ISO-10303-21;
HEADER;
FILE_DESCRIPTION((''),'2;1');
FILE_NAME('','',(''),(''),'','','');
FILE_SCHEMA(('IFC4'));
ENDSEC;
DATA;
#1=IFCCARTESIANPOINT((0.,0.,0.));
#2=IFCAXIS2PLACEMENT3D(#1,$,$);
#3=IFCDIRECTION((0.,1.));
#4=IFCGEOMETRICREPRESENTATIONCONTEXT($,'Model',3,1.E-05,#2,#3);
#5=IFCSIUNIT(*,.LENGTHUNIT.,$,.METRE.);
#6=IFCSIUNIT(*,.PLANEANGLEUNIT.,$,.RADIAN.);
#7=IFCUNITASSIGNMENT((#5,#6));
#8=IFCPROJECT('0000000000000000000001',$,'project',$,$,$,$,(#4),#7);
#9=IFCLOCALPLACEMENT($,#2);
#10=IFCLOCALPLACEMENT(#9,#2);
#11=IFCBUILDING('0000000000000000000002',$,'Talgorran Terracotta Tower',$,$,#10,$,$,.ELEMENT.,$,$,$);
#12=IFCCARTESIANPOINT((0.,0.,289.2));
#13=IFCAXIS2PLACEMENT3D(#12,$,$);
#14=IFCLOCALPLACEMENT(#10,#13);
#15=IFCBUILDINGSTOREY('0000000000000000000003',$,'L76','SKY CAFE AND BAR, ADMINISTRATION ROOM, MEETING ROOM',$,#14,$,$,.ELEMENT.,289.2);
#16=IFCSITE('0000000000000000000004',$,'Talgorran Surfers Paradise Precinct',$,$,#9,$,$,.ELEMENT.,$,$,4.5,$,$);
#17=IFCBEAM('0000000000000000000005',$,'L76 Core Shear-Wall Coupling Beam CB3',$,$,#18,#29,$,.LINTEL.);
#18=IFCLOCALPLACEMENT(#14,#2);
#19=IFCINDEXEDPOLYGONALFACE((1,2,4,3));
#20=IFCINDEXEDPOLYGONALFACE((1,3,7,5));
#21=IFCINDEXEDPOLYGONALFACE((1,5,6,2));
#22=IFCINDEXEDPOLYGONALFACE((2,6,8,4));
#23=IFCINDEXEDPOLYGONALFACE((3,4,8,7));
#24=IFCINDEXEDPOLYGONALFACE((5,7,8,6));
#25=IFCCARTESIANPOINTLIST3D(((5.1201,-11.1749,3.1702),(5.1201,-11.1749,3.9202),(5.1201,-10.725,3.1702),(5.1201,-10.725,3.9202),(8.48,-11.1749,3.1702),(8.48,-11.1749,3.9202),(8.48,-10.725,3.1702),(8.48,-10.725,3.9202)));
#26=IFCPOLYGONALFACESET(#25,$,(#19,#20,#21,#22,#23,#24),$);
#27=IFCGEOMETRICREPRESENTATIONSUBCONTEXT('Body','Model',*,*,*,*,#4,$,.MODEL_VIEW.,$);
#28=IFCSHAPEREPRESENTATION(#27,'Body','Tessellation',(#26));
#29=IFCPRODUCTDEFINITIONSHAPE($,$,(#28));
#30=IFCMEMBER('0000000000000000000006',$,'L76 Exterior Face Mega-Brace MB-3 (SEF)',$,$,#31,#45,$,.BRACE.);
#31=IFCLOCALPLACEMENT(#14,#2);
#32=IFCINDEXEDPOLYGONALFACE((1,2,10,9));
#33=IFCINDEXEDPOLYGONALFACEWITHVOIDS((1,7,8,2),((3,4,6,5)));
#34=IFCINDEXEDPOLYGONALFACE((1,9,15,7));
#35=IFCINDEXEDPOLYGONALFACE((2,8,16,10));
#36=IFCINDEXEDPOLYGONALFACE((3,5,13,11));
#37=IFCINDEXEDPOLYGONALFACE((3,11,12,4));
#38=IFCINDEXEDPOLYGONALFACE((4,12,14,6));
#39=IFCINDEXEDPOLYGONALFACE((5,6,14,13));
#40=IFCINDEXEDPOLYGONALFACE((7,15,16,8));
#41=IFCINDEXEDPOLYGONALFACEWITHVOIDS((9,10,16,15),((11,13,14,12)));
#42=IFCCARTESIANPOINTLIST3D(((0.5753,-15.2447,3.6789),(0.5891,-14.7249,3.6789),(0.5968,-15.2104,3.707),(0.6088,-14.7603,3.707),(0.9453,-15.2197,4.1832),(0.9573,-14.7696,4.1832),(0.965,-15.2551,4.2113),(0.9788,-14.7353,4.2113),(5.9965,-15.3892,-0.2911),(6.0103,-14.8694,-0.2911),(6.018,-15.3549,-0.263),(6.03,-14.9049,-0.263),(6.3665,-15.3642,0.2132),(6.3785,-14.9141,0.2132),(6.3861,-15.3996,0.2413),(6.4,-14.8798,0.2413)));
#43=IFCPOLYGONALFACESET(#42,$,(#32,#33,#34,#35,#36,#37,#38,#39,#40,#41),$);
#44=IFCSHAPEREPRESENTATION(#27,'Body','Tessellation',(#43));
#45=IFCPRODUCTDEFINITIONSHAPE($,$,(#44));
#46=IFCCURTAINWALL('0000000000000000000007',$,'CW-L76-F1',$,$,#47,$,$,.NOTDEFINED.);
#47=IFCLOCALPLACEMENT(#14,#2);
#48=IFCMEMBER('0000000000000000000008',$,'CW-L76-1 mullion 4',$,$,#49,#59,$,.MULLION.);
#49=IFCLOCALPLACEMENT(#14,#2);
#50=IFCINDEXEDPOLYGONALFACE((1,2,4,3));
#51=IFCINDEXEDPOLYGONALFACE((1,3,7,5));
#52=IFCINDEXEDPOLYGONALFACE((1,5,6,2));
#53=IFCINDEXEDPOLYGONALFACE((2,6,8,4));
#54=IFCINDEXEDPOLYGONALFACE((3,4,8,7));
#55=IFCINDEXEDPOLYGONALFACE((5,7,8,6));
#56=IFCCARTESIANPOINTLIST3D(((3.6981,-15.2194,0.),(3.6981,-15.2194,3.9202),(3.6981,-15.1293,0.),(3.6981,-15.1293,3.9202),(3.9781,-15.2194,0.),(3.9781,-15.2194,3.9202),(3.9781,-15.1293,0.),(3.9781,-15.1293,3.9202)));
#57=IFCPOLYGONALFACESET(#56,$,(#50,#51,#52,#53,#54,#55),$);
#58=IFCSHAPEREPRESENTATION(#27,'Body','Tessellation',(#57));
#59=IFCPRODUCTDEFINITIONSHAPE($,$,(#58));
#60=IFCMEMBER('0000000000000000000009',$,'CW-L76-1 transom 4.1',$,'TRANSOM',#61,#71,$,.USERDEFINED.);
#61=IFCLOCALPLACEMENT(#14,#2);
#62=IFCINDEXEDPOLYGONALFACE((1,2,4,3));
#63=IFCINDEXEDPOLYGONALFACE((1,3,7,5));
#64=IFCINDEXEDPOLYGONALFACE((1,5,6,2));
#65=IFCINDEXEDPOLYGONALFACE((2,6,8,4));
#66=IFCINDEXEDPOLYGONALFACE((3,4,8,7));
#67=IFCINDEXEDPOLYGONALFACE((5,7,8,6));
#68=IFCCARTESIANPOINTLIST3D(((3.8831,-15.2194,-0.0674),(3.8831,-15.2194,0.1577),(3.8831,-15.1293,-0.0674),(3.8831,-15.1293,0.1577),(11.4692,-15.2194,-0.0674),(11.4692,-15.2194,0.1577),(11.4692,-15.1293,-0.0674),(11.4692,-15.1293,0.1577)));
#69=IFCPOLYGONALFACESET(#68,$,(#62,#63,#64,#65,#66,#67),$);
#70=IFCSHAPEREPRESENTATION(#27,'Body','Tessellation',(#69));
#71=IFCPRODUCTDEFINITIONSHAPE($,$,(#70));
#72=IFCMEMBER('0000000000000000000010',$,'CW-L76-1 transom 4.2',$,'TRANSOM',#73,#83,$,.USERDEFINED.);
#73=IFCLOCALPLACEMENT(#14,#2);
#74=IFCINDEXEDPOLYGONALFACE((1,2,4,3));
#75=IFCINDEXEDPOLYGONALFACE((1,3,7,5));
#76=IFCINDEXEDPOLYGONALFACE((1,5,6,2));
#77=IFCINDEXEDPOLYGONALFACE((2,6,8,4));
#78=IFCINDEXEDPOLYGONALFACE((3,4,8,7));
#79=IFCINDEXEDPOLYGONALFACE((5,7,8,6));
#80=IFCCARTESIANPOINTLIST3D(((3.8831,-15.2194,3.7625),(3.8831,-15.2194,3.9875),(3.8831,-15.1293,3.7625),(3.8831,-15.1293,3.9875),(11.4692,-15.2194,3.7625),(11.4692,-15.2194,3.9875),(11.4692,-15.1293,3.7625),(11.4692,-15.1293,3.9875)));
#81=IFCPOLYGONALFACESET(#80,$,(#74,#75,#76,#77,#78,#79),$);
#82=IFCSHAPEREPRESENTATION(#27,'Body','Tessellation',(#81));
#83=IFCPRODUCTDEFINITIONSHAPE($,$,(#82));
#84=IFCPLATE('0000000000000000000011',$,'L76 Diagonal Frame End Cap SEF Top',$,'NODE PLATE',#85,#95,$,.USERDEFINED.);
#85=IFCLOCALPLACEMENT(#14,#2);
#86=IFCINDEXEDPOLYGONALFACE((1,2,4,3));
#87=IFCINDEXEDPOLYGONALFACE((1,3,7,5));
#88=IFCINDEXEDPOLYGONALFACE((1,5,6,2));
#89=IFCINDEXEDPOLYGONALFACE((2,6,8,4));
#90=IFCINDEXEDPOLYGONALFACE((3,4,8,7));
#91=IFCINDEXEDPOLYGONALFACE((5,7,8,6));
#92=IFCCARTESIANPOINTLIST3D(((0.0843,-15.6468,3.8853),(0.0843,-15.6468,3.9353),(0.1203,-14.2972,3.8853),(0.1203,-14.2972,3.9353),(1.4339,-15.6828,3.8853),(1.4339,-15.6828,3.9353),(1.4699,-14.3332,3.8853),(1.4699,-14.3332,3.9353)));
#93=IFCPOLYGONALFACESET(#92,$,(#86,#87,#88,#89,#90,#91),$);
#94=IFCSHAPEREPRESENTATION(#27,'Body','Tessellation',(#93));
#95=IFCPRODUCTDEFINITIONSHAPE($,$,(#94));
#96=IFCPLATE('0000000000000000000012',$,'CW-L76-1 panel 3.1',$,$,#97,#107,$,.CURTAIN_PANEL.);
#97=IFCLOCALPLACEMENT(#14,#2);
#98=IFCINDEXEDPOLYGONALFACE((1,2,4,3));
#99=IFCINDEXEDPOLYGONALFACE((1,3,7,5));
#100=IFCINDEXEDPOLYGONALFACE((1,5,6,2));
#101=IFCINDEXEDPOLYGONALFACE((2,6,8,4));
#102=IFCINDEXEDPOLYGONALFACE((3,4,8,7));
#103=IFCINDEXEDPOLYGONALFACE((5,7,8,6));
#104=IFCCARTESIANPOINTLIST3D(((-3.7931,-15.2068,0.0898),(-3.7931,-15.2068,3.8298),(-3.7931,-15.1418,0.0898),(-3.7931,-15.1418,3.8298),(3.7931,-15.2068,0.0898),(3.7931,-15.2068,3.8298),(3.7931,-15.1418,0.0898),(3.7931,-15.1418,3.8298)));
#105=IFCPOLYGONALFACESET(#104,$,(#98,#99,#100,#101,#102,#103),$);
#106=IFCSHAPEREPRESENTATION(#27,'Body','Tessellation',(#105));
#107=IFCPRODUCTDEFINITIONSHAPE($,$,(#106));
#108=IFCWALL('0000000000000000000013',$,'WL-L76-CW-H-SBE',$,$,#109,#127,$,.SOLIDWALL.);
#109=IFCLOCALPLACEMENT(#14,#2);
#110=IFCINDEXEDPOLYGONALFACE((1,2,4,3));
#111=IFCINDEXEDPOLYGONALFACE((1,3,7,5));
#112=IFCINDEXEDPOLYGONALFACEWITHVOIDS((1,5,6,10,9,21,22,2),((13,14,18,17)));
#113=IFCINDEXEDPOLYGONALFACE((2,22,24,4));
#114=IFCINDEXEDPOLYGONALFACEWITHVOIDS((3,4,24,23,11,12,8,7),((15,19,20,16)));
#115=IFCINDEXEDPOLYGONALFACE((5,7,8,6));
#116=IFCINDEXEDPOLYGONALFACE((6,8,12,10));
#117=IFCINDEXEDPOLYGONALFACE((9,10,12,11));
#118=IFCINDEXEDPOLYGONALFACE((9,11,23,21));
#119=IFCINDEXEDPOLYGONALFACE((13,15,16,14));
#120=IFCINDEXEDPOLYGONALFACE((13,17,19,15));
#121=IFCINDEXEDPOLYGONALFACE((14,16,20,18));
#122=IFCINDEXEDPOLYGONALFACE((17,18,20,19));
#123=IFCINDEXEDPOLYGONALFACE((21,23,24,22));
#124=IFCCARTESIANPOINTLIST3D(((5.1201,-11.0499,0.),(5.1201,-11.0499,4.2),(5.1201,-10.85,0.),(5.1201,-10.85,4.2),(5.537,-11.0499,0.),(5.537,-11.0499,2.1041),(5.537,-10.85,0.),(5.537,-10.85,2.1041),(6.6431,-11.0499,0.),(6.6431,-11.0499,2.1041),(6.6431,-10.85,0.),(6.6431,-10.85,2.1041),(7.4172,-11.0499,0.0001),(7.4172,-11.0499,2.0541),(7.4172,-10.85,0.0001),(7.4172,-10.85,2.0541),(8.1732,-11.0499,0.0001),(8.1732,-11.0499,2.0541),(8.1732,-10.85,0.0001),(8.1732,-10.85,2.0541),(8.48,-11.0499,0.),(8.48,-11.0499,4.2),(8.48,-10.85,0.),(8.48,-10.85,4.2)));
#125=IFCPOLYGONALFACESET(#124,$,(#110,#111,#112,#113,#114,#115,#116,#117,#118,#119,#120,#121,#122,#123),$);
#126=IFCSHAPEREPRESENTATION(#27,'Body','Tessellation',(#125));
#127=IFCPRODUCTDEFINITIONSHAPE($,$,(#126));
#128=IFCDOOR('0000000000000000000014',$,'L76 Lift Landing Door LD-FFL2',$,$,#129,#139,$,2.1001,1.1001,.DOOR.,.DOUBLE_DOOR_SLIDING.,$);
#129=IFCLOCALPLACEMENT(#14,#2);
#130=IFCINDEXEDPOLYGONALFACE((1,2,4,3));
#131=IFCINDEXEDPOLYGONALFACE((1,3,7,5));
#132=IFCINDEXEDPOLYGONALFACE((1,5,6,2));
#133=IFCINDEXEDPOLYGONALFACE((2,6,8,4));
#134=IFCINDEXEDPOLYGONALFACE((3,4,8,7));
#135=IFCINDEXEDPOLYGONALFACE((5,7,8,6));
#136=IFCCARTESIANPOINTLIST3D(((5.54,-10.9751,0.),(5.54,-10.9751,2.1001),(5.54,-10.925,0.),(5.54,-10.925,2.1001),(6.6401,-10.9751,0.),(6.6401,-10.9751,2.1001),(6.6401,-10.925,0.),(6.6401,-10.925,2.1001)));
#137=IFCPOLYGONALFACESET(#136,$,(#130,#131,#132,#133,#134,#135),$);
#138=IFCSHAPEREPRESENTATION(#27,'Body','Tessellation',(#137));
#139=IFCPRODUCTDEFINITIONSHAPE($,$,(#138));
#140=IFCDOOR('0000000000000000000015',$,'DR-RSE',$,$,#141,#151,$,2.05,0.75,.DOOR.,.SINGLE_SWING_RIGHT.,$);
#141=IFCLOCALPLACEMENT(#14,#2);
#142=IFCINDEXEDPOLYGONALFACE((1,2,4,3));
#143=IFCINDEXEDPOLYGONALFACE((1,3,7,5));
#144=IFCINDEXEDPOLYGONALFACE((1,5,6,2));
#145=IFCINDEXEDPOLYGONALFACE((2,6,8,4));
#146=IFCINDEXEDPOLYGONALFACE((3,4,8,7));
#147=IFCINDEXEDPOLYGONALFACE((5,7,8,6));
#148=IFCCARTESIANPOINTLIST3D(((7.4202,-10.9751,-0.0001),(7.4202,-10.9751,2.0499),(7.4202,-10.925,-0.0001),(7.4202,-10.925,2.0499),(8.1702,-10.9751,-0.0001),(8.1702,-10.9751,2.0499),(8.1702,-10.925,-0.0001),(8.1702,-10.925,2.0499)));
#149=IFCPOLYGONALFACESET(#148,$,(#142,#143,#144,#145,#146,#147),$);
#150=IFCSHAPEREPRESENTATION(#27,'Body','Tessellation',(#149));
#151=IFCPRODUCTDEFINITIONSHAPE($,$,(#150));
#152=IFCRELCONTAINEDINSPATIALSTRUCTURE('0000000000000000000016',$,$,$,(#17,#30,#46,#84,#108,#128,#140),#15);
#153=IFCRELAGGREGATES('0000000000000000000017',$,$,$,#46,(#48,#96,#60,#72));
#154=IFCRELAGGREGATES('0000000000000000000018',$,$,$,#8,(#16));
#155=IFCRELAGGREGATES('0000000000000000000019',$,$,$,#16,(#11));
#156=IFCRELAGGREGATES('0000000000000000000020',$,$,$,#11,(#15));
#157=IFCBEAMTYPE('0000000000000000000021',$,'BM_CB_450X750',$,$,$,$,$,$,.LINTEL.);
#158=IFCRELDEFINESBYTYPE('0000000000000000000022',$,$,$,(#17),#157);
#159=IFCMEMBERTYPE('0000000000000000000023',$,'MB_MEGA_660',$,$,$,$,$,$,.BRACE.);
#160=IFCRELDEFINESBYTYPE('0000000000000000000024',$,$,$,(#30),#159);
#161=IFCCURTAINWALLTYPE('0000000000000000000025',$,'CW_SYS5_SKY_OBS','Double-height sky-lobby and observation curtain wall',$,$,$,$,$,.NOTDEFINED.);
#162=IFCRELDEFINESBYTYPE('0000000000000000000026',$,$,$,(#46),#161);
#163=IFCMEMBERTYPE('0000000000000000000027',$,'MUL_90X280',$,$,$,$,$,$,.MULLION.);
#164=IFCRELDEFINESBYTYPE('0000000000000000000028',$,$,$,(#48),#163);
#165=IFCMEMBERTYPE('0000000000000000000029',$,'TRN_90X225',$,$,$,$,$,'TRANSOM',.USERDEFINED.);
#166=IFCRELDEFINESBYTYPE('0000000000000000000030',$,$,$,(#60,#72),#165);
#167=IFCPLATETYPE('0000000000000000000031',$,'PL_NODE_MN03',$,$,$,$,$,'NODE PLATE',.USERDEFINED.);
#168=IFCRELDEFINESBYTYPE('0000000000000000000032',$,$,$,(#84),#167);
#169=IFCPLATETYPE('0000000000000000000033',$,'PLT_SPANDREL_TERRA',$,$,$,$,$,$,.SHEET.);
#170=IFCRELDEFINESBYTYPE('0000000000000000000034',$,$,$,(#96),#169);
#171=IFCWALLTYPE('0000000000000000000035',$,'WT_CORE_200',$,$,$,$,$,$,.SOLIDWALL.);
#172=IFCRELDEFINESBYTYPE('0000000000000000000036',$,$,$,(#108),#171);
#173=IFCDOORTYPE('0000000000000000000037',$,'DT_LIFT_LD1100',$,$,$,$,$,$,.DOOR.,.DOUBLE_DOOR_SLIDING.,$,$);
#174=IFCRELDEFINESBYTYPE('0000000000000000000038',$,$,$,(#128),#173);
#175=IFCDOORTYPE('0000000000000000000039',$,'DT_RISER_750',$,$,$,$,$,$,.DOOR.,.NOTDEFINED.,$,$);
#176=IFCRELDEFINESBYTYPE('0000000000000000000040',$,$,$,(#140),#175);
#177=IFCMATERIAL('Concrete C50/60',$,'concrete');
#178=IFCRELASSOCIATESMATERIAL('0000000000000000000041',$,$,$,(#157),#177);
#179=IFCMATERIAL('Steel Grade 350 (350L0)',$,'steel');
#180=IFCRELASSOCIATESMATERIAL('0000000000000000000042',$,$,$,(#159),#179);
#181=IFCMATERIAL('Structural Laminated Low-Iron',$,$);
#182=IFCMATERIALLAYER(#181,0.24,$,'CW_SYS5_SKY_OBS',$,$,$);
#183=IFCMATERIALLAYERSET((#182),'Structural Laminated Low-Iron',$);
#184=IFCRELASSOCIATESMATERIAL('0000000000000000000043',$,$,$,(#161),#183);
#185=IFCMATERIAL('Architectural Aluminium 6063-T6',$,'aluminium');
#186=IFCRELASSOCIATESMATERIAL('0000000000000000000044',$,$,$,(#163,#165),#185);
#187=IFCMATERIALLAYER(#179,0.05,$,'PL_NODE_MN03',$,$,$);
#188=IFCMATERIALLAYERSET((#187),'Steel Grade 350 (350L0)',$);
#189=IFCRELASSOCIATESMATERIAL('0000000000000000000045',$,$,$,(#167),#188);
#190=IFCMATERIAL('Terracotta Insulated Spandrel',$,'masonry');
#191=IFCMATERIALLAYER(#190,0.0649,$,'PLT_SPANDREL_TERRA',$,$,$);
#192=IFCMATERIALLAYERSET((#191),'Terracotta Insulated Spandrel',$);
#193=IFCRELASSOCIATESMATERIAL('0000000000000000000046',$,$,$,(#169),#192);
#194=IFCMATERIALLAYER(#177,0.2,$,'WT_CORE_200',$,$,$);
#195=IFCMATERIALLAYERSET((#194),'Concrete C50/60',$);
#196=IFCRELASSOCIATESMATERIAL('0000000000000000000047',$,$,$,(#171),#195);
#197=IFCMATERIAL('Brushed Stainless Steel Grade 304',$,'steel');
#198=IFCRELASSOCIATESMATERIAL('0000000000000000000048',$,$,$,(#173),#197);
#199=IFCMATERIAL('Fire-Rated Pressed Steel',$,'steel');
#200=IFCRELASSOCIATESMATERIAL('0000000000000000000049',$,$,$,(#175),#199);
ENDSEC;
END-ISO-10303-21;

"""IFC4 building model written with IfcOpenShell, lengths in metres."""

from ifc_helpers import new_model, si_unit, direction, frame, frame_2d, origin, origin_2d, place, context, subcontext, project, spatial, rectangle, hollow_rectangle, extrude, source, transform, mapped, material, layer, layer_set, material_profile, profile_set, type_object, type_shapes, element, fill, aggregate, save


model = new_model("IFC4")

# Units and contexts
model_context = context("Model", 3, precision=1e-05, world=origin(), true_north=direction((0.0, 1.0)))
body_context = subcontext(model_context, "Body", "Model", "MODEL_VIEW")
ifc_project = project(units=[si_unit("LENGTHUNIT", "METRE"), si_unit("PLANEANGLEUNIT", "RADIAN")], contexts=[model_context])

# Site, building, storey
site_placement = place(None, origin())
site = spatial("IfcSite", under=ifc_project, at=site_placement, Name="Talgorran Surfers Paradise Precinct", CompositionType="ELEMENT", RefElevation=4.5)
building_placement = place(site_placement, origin())
building = spatial("IfcBuilding", under=site, at=building_placement, Name="Talgorran Terracotta Tower", CompositionType="ELEMENT")
storey_placement = place(building_placement, frame((0.0, 0.0, 289.2)))
storey = spatial("IfcBuildingStorey", under=building, at=storey_placement, Name="L76", Description="SKY CAFE AND BAR, ADMINISTRATION ROOM, MEETING ROOM", CompositionType="ELEMENT", Elevation=289.2)

# Beam
ifc_material_1 = material(Name="Concrete C50/60", Category="concrete")
ifc_material_profile_1 = material_profile(ifc_material_1, rectangle(XDim=0.45, YDim=0.75, at=origin_2d()), Name="RCCB450X750")
ifc_profile_set_1 = profile_set([ifc_material_profile_1], Name="Concrete C50/60")
beam_type = type_object("IfcBeamType", Name="BM_CB_450X750", PredefinedType="LINTEL", material=ifc_profile_set_1)
beam_placement = place(storey_placement, frame((5.1201, -10.95, 3.5452), z_axis=(1.0, 0.0, 0.0), x_axis=(0.0, 1.0, 0.0)))
element("IfcBeam", 1, at=beam_placement, inside=storey, type_object=beam_type, Name="L76 Core Shear-Wall Coupling Beam CB3", PredefinedType="LINTEL", context=body_context, shape_type="SweptSolid", body=[
    extrude(rectangle(XDim=0.45, YDim=0.75, at=origin_2d()), origin(), (0.0, 0.0, 1.0), 3.3599),
])

# Member
ifc_material_2 = material(Name="Steel Grade 350 (350L0)", Category="steel")
ifc_material_profile_2 = material_profile(ifc_material_2, hollow_rectangle(XDim=0.52, YDim=0.6599, WallThickness=0.0349, at=origin_2d()), Name="WBOX660X520X35")
ifc_profile_set_2 = profile_set([ifc_material_profile_2], Name="Steel Grade 350 (350L0)")
member_type_1 = type_object("IfcMemberType", Name="MB_MEGA_660", PredefinedType="BRACE", material=ifc_profile_set_2)
member_1_placement = place(storey_placement, frame((6.1982, -15.1345, -0.0249), z_axis=(-0.806611, 0.021505, 0.590691), x_axis=(-0.026651, -0.999645, 0.0)))
element("IfcMember", 2, at=member_1_placement, inside=storey, type_object=member_type_1, Name="L76 Exterior Face Mega-Brace MB-3 (SEF)", PredefinedType="BRACE", context=body_context, shape_type="SweptSolid", body=[
    extrude(hollow_rectangle(XDim=0.52, YDim=0.6599, WallThickness=0.0349, at=origin_2d()), origin(), (0.0, 0.0, 1.0), 6.7209),
])

# Curtain wall, members
ifc_material_3 = material(Name="Structural Laminated Low-Iron")
ifc_layer_1 = layer(ifc_material_3, 0.24, Name="CW_SYS5_SKY_OBS")
ifc_layer_set_1 = layer_set([ifc_layer_1], Name="Structural Laminated Low-Iron")
curtain_wall_type = type_object("IfcCurtainWallType", Name="CW_SYS5_SKY_OBS", Description="Double-height sky-lobby and observation curtain wall", PredefinedType="NOTDEFINED", material=ifc_layer_set_1)
curtain_wall_placement = place(storey_placement, origin())
curtain_wall = element("IfcCurtainWall", 3, at=curtain_wall_placement, inside=storey, type_object=curtain_wall_type, Name="CW-L76-F1", PredefinedType="NOTDEFINED")
ifc_material_4 = material(Name="Architectural Aluminium 6063-T6", Category="aluminium")
ifc_material_profile_3 = material_profile(ifc_material_4, rectangle(XDim=0.0901, YDim=0.28, at=origin_2d()), Name="CWM90X280")
ifc_profile_set_3 = profile_set([ifc_material_profile_3], Name="Architectural Aluminium 6063-T6")
member_type_2 = type_object("IfcMemberType", Name="MUL_90X280", PredefinedType="MULLION", material=ifc_profile_set_3)
member_2_placement = place(storey_placement, frame((3.8381, -15.1743, 0.0), z_axis=(0.0, 0.0, 1.0), x_axis=(0.0, 1.0, 0.0)))
member_2 = element("IfcMember", 4, at=member_2_placement, type_object=member_type_2, Name="CW-L76-1 mullion 4", PredefinedType="MULLION", context=body_context, shape_type="SweptSolid", body=[
    extrude(rectangle(XDim=0.0901, YDim=0.28, at=origin_2d()), origin(), (0.0, 0.0, 1.0), 3.9202),
])
ifc_material_profile_4 = material_profile(ifc_material_4, rectangle(XDim=0.0901, YDim=0.2251, at=origin_2d()), Name="CWT90X225")
ifc_profile_set_4 = profile_set([ifc_material_profile_4], Name="Architectural Aluminium 6063-T6")
member_type_3 = type_object("IfcMemberType", Name="TRN_90X225", ElementType="TRANSOM", PredefinedType="USERDEFINED", material=ifc_profile_set_4)
member_3_placement = place(storey_placement, frame((3.8831, -15.1743, 0.0452), z_axis=(1.0, 0.0, 0.0), x_axis=(0.0, 1.0, 0.0)))
member_3 = element("IfcMember", 5, at=member_3_placement, type_object=member_type_3, Name="CW-L76-1 transom 4.1", ObjectType="TRANSOM", PredefinedType="USERDEFINED", context=body_context, shape_type="SweptSolid", body=[
    extrude(rectangle(XDim=0.0901, YDim=0.2251, at=origin_2d()), origin(), (0.0, 0.0, 1.0), 7.5862),
])
member_4_placement = place(storey_placement, frame((3.8831, -15.1743, 3.875), z_axis=(1.0, 0.0, 0.0), x_axis=(0.0, 1.0, 0.0)))
member_4 = element("IfcMember", 6, at=member_4_placement, type_object=member_type_3, Name="CW-L76-1 transom 4.2", ObjectType="TRANSOM", PredefinedType="USERDEFINED", context=body_context, shape_type="SweptSolid", body=[
    extrude(rectangle(XDim=0.0901, YDim=0.2251, at=origin_2d()), origin(), (0.0, 0.0, 1.0), 7.5862),
])

# Plates
ifc_layer_2 = layer(ifc_material_2, 0.05, Name="PL_NODE_MN03")
ifc_layer_set_2 = layer_set([ifc_layer_2], Name="Steel Grade 350 (350L0)")
plate_type_1 = type_object("IfcPlateType", Name="PL_NODE_MN03", ElementType="NODE PLATE", PredefinedType="USERDEFINED", material=ifc_layer_set_2)
plate_1_placement = place(storey_placement, frame((0.7771, -14.99, 3.8853), z_axis=(0.0, 0.0, 1.0), x_axis=(-0.999643, 0.0267, 0.0)))
element("IfcPlate", 7, at=plate_1_placement, inside=storey, type_object=plate_type_1, Name="L76 Diagonal Frame End Cap SEF Top", ObjectType="NODE PLATE", PredefinedType="USERDEFINED", context=body_context, shape_type="SweptSolid", body=[
    extrude(rectangle(XDim=1.3501, YDim=1.3501, at=origin_2d()), origin(), (0.0, 0.0, 1.0), 0.05),
])
ifc_material_5 = material(Name="Terracotta Insulated Spandrel", Category="masonry")
ifc_layer_3 = layer(ifc_material_5, 0.0649, Name="PLT_SPANDREL_TERRA")
ifc_layer_set_3 = layer_set([ifc_layer_3], Name="Terracotta Insulated Spandrel")
plate_type_2 = type_object("IfcPlateType", Name="PLT_SPANDREL_TERRA", PredefinedType="SHEET", material=ifc_layer_set_3)
shared_shape = source(origin(), body_context, "Body", "SweptSolid", [
    extrude(rectangle(XDim=7.5862, YDim=0.0649, at=origin_2d()), origin(), (0.0, 0.0, 1.0), 3.74),
])
type_shapes(plate_type_2, [shared_shape])
plate_2_placement = place(storey_placement, frame((0.0, -15.1743, 0.0898), z_axis=(0.0, 0.0, 1.0), x_axis=(1.0, 0.0, 0.0)))
plate_2 = element("IfcPlate", 8, at=plate_2_placement, type_object=plate_type_2, Name="CW-L76-1 panel 3.1", PredefinedType="CURTAIN_PANEL", context=body_context, shape_type="MappedRepresentation", body=[
    mapped(shared_shape, transform((0.0, 0.0, 0.0), scale=1.0)),
])
aggregate(curtain_wall, [member_2, plate_2, member_3, member_4])

# Wall, openings, doors
ifc_layer_4 = layer(ifc_material_1, 0.2, Name="WT_CORE_200")
ifc_layer_set_4 = layer_set([ifc_layer_4], Name="Concrete C50/60")
wall_type_1 = type_object("IfcWallType", Name="WT_CORE_200", PredefinedType="SOLIDWALL", material=ifc_layer_set_4)
wall_1_placement = place(storey_placement, frame((5.1201, -10.95, 0.0), z_axis=(0.0, 0.0, 1.0), x_axis=(1.0, 0.0, 0.0)))
wall_1 = element("IfcWall", 9, at=wall_1_placement, inside=storey, type_object=wall_type_1, Name="WL-L76-CW-H-SBE", PredefinedType="SOLIDWALL", context=body_context, shape_type="SweptSolid", body=[
    extrude(rectangle(XDim=3.3599, YDim=0.2, at=frame_2d((1.6799, 0.0))), origin(), (0.0, 0.0, 1.0), 4.2),
])
opening_1_placement = place(wall_1_placement, frame((0.4199, 0.0, 0.0)))
opening_1 = element("IfcOpeningElement", 10, at=opening_1_placement, cuts=wall_1, PredefinedType="OPENING", context=body_context, shape_type="SweptSolid", body=[
    extrude(rectangle(XDim=1.1061, YDim=2.1041, at=frame_2d((0.55, 1.052))), frame((0.0, 0.1099, 0.0), z_axis=(0.0, -1.0, 0.0), x_axis=(1.0, 0.0, 0.0)), (0.0, 0.0, 1.0), 0.22),
])
opening_2_placement = place(wall_1_placement, frame((2.3, 0.0, 0.0)))
opening_2 = element("IfcOpeningElement", 11, at=opening_2_placement, cuts=wall_1, PredefinedType="OPENING", context=body_context, shape_type="SweptSolid", body=[
    extrude(rectangle(XDim=0.756, YDim=2.054, at=frame_2d((0.375, 1.0271))), frame((0.0, 0.1099, 0.0), z_axis=(0.0, -1.0, 0.0), x_axis=(1.0, 0.0, 0.0)), (0.0, 0.0, 1.0), 0.22),
])
ifc_material_6 = material(Name="Brushed Stainless Steel Grade 304", Category="steel")
door_type_1 = type_object("IfcDoorType", Name="DT_LIFT_LD1100", OperationType="DOUBLE_DOOR_SLIDING", PredefinedType="DOOR", material=ifc_material_6)
door_1_placement = place(opening_1_placement, origin())
door_1 = element("IfcDoor", 12, at=door_1_placement, inside=storey, type_object=door_type_1, Name="L76 Lift Landing Door LD-FFL2", OperationType="DOUBLE_DOOR_SLIDING", OverallHeight=2.1001, OverallWidth=1.1001, PredefinedType="DOOR", context=body_context, shape_type="SweptSolid", body=[
    extrude(rectangle(XDim=1.1001, YDim=2.1001, at=frame_2d((0.55, 1.05))), frame((0.0, 0.0249, 0.0), z_axis=(0.0, -1.0, 0.0), x_axis=(1.0, 0.0, 0.0)), (0.0, 0.0, 1.0), 0.05),
])
fill(opening_1, door_1)
ifc_material_7 = material(Name="Fire-Rated Pressed Steel", Category="steel")
door_type_2 = type_object("IfcDoorType", Name="DT_RISER_750", OperationType="NOTDEFINED", PredefinedType="DOOR", material=ifc_material_7)
door_2_placement = place(opening_2_placement, origin())
door_2 = element("IfcDoor", 13, at=door_2_placement, inside=storey, type_object=door_type_2, Name="DR-RSE", OperationType="SINGLE_SWING_RIGHT", OverallHeight=2.05, OverallWidth=0.75, PredefinedType="DOOR", context=body_context, shape_type="SweptSolid", body=[
    extrude(rectangle(XDim=0.75, YDim=2.05, at=frame_2d((0.375, 1.0249))), frame((0.0, 0.0249, 0.0), z_axis=(0.0, -1.0, 0.0), x_axis=(1.0, 0.0, 0.0)), (0.0, 0.0, 1.0), 0.05),
])
fill(opening_2, door_2)

save(model, "model.ifc")
